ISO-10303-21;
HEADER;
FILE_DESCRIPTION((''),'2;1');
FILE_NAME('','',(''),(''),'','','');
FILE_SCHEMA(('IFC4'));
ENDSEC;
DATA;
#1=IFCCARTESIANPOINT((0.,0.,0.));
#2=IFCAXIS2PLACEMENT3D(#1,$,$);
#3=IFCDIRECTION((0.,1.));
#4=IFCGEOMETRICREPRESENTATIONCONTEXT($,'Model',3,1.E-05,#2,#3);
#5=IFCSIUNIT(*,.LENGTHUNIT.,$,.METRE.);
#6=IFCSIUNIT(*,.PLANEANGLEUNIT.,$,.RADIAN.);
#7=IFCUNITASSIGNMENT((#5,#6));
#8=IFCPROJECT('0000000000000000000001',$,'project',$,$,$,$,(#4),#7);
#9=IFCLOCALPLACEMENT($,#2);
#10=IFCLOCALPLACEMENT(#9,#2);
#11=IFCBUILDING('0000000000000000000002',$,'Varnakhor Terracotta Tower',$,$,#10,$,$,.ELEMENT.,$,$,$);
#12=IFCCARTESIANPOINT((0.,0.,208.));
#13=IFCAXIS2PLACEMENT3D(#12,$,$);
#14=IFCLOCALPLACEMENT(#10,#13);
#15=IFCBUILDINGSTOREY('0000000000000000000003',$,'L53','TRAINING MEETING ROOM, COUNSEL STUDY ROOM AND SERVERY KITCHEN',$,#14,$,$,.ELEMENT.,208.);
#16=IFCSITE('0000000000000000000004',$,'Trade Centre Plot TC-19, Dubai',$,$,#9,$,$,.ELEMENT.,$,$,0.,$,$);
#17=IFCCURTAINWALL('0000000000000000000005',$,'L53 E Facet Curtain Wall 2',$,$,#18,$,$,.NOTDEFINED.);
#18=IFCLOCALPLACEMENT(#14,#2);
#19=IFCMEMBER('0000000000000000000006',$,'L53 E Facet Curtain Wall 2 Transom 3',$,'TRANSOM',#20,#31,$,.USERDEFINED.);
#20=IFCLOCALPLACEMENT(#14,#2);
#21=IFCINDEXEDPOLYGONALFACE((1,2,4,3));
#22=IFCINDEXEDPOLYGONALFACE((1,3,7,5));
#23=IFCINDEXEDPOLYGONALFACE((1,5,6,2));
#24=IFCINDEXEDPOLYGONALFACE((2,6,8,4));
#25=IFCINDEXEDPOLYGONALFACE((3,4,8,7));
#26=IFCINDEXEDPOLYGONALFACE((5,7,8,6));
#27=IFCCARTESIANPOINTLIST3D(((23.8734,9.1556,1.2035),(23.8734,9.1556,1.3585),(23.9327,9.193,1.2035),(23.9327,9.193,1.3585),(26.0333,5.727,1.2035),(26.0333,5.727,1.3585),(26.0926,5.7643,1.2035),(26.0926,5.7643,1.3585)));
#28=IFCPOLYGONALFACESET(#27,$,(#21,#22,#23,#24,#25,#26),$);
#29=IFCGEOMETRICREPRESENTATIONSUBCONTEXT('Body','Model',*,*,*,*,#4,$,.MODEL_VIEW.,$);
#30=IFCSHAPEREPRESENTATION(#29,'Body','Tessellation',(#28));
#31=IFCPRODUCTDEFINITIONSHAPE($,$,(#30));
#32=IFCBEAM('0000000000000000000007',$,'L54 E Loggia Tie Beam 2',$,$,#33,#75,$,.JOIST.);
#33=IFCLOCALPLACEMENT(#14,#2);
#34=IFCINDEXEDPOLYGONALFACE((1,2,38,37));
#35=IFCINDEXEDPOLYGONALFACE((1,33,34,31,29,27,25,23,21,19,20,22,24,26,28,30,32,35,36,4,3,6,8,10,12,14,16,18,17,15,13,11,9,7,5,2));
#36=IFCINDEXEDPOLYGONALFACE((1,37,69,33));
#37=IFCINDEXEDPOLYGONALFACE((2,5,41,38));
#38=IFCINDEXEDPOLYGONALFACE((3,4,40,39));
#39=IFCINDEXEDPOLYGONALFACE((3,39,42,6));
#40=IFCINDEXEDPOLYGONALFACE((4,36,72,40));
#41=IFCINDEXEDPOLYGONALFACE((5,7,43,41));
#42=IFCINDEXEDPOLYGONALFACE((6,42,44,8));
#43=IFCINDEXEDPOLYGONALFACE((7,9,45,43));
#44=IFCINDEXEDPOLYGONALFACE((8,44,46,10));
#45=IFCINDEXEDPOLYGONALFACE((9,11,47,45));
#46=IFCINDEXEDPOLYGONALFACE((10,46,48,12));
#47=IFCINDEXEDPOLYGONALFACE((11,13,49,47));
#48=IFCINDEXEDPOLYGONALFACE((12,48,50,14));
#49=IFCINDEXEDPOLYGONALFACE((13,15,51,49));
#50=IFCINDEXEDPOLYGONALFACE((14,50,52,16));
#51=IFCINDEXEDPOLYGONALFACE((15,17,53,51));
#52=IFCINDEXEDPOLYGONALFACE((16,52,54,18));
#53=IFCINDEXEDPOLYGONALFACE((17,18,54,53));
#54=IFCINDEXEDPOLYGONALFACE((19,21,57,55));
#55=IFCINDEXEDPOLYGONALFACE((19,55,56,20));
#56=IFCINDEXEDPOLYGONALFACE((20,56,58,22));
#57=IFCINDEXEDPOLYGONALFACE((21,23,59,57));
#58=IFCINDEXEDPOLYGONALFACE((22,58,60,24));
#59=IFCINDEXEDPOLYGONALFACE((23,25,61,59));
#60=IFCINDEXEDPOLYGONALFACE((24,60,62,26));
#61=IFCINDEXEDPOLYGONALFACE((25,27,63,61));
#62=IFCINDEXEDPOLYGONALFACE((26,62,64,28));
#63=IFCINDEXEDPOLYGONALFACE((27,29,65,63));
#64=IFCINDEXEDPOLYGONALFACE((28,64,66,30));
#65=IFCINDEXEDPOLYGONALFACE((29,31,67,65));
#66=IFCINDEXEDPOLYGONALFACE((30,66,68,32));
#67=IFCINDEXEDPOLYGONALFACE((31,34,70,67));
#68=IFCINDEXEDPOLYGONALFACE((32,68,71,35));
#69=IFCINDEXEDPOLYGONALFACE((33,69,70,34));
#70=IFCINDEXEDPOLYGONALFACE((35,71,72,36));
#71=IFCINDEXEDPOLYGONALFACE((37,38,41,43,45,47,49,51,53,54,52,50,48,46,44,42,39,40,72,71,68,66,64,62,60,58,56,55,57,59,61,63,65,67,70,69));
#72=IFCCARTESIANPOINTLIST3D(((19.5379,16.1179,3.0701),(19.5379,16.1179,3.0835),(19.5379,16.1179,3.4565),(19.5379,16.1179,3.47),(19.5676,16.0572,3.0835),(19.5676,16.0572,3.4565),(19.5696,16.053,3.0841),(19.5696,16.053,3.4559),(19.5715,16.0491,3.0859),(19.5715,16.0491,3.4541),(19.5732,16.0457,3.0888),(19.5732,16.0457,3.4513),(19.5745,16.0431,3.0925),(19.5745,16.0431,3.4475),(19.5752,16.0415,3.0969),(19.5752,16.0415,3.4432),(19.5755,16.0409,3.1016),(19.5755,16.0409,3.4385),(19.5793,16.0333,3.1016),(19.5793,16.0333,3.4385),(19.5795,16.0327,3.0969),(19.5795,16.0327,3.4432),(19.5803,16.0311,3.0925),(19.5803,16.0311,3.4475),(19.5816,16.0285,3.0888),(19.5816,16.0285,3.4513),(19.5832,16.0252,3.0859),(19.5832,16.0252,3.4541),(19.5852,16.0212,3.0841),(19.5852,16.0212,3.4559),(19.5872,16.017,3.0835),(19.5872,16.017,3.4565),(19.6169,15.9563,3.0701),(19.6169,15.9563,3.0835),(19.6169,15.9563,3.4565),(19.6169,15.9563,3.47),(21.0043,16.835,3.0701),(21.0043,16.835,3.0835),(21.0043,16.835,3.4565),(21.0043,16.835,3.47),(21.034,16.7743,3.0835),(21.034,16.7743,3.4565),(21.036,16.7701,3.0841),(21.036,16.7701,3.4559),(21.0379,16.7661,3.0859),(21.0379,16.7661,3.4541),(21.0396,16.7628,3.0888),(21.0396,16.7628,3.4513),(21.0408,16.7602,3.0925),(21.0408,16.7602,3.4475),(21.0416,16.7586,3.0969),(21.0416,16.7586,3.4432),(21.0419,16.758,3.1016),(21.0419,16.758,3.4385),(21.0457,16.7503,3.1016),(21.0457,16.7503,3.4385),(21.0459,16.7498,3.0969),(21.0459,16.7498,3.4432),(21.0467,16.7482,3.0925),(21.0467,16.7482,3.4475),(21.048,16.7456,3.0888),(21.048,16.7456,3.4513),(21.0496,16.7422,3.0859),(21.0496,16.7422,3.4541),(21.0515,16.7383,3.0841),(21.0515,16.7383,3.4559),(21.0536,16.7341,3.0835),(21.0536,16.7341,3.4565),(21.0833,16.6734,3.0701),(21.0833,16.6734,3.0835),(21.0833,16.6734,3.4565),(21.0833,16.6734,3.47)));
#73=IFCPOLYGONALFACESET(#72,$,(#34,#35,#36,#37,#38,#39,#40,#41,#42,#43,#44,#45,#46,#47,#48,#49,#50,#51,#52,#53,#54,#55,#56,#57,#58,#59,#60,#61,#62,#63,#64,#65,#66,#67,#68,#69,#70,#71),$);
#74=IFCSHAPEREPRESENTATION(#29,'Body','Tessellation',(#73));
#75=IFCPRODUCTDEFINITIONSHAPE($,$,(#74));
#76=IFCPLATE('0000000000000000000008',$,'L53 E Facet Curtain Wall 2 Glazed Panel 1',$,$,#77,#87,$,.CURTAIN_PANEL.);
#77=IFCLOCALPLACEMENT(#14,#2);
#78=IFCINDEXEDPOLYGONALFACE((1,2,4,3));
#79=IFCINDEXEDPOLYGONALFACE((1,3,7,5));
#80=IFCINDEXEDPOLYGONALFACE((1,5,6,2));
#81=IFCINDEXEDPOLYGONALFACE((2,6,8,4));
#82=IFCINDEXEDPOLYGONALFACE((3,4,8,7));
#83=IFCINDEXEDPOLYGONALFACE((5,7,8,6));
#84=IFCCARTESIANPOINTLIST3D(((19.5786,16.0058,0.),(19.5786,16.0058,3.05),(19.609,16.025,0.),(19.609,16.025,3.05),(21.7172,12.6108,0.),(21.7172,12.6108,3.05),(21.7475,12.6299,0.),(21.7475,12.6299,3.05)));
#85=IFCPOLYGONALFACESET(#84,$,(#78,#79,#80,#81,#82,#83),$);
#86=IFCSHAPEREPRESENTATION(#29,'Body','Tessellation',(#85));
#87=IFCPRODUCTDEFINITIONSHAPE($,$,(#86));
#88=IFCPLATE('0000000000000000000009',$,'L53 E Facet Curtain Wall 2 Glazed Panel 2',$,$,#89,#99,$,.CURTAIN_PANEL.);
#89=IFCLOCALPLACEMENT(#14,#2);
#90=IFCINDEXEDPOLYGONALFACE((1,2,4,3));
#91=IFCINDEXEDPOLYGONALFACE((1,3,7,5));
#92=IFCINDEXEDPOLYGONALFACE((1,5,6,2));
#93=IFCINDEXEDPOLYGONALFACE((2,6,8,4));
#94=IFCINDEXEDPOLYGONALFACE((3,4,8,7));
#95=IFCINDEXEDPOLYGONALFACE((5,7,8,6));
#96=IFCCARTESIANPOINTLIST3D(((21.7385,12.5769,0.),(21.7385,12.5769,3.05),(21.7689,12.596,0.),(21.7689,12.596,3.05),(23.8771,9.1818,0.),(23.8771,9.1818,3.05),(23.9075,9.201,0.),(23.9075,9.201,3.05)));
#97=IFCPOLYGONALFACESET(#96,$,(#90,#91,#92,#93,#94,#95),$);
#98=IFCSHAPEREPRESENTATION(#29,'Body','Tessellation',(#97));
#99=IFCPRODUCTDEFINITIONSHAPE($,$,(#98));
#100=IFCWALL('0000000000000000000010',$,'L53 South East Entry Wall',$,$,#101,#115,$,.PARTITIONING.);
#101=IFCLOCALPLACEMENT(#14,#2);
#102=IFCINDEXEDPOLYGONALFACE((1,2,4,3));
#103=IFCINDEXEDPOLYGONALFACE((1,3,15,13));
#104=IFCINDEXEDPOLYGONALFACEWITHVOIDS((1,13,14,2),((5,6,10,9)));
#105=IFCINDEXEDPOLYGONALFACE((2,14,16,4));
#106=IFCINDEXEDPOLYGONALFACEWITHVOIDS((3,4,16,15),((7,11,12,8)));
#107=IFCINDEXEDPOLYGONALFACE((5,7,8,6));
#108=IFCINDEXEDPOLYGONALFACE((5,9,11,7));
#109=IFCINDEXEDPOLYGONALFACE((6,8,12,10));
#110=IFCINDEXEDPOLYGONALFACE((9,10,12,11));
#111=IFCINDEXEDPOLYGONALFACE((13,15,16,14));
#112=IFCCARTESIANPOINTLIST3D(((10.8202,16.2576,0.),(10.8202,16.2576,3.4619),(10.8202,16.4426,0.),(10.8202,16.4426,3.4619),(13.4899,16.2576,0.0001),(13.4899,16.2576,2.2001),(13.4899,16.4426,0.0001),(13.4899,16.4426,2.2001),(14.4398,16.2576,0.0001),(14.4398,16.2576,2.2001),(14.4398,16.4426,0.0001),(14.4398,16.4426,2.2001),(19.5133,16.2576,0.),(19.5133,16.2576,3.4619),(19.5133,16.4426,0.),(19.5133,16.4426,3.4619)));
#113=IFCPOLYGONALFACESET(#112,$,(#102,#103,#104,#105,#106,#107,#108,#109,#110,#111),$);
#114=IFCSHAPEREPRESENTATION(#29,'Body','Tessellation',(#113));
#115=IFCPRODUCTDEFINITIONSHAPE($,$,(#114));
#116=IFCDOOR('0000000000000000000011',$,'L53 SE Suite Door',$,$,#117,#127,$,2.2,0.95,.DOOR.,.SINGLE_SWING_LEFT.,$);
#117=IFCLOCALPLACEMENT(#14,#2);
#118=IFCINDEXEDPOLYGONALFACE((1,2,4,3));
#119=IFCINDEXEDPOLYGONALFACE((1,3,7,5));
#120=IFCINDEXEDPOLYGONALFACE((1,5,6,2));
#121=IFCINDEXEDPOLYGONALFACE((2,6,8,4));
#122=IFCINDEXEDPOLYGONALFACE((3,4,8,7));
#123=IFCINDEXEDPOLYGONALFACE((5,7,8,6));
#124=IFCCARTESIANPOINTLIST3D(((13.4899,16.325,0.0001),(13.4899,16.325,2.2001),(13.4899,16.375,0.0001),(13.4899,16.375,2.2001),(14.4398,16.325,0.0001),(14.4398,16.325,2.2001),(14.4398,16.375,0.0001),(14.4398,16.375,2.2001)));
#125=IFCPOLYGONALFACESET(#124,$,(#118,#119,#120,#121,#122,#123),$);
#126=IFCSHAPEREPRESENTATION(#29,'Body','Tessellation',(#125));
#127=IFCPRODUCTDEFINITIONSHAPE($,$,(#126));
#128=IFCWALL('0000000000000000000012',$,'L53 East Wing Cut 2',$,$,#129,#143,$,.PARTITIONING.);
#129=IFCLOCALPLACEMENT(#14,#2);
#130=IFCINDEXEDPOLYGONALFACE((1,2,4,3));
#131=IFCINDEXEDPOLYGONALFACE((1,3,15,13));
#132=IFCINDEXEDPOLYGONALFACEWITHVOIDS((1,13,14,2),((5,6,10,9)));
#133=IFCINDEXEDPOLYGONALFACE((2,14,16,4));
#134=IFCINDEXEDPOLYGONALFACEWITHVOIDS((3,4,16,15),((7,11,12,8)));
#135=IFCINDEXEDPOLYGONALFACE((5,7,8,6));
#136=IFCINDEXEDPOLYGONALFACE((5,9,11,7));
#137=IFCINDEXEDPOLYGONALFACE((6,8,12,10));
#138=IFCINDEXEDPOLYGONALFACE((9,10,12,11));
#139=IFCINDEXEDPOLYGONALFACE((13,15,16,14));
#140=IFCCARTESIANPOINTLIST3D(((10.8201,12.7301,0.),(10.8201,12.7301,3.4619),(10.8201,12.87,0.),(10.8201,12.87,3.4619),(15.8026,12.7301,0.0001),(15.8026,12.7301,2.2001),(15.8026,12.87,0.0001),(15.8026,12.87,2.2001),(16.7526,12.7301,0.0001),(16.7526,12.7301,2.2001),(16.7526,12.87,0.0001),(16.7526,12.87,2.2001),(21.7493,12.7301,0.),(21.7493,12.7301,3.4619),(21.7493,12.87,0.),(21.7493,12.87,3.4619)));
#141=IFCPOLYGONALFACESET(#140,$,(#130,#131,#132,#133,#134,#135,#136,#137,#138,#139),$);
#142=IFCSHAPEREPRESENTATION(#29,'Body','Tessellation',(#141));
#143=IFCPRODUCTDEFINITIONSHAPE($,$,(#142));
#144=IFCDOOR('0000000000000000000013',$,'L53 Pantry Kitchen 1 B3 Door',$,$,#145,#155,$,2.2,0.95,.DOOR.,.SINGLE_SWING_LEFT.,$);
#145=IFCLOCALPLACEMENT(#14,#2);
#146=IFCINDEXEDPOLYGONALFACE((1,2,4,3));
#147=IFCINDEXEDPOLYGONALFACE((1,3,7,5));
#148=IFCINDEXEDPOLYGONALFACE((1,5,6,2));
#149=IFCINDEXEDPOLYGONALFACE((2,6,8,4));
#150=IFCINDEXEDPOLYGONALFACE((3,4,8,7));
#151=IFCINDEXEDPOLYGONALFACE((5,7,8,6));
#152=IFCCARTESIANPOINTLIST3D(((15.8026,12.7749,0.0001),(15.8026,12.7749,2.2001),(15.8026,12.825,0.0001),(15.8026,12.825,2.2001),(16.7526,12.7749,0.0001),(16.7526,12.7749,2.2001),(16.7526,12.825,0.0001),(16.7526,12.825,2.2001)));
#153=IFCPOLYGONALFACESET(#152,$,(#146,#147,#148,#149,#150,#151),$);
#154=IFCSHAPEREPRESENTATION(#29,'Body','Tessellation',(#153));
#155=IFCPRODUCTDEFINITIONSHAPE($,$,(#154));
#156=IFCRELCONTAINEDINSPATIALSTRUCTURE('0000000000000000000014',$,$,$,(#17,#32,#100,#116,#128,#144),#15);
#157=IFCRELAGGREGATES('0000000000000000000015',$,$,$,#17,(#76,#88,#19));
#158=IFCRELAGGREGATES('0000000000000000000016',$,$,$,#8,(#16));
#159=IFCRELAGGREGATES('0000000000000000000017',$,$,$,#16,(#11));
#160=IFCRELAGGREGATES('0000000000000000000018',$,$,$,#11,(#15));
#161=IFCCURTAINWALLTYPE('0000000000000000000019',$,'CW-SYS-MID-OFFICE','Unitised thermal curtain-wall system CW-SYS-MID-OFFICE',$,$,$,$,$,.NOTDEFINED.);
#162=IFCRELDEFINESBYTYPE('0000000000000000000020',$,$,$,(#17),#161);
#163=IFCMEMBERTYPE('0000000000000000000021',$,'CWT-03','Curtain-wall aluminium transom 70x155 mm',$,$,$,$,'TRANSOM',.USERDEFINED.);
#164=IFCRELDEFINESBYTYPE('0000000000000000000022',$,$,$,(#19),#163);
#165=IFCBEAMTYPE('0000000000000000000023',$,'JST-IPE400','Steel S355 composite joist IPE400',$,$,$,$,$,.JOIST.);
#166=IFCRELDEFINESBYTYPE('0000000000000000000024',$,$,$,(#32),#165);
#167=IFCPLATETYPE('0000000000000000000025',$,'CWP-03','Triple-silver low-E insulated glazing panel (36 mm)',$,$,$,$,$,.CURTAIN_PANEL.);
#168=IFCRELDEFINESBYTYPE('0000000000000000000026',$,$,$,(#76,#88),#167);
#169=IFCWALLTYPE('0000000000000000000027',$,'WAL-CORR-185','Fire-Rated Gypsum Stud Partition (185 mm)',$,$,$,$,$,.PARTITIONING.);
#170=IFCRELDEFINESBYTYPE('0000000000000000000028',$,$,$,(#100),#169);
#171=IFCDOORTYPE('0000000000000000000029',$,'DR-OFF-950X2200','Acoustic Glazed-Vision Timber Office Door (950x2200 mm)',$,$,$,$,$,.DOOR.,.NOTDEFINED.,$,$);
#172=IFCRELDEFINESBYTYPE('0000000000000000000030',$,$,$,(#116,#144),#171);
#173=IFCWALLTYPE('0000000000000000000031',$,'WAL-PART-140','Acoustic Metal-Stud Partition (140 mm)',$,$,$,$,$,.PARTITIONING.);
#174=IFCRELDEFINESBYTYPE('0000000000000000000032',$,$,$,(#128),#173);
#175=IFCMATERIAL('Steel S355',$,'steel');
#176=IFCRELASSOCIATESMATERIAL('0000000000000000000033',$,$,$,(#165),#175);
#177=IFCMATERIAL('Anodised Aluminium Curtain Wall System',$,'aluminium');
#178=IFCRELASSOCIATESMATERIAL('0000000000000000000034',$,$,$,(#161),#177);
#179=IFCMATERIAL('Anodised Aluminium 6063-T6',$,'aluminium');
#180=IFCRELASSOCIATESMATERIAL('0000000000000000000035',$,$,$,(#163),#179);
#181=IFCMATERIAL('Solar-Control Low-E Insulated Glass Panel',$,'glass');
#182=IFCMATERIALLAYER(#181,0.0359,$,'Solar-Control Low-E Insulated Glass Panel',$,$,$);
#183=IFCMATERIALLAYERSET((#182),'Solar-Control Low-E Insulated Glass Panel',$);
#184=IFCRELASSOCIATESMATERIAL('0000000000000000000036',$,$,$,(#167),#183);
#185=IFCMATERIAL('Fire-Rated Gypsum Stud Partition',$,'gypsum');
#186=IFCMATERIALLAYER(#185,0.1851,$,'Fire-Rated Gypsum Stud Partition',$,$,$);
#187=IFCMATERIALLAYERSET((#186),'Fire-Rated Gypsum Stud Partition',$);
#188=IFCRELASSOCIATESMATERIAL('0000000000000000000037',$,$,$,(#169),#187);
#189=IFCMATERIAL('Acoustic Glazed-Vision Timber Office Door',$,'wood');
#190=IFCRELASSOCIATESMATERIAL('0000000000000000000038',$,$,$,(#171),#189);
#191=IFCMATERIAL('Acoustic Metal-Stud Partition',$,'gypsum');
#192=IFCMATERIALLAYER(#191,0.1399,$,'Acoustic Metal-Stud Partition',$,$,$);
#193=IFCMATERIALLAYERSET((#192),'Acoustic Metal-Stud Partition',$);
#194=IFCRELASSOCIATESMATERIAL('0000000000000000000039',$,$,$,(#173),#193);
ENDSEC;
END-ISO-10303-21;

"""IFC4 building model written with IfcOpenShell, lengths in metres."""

from ifc_helpers import new_model, si_unit, direction, frame, frame_2d, origin, origin_2d, place, context, subcontext, project, spatial, rectangle, i_section, extrude, source, transform, mapped, material, layer, layer_set, material_profile, profile_set, type_object, type_shapes, element, fill, aggregate, save


model = new_model("IFC4")

# Units and contexts
model_context = context("Model", 3, precision=1e-05, world=origin(), true_north=direction((0.0, 1.0)))
body_context = subcontext(model_context, "Body", "Model", "MODEL_VIEW")
ifc_project = project(units=[si_unit("LENGTHUNIT", "METRE"), si_unit("PLANEANGLEUNIT", "RADIAN")], contexts=[model_context])

# Site, building, storey
site_placement = place(None, origin())
site = spatial("IfcSite", under=ifc_project, at=site_placement, Name="Trade Centre Plot TC-19, Dubai", CompositionType="ELEMENT", RefElevation=0.0)
building_placement = place(site_placement, origin())
building = spatial("IfcBuilding", under=site, at=building_placement, Name="Varnakhor Terracotta Tower", CompositionType="ELEMENT")
storey_placement = place(building_placement, frame((0.0, 0.0, 208.0)))
storey = spatial("IfcBuildingStorey", under=building, at=storey_placement, Name="L53", Description="TRAINING MEETING ROOM, COUNSEL STUDY ROOM AND SERVERY KITCHEN", CompositionType="ELEMENT", Elevation=208.0)

# Shared definitions
ifc_material_1 = material(Name="Steel S355", Category="steel")
ifc_material_profile_1 = material_profile(ifc_material_1, i_section(OverallWidth=0.1799, OverallDepth=0.3999, WebThickness=0.0085, FlangeThickness=0.0134, FilletRadius=0.0181, at=origin_2d()), Name="IPE400")
ifc_profile_set_1 = profile_set([ifc_material_profile_1], Name="Steel S355")
beam_type_1 = type_object("IfcBeamType", Name="JST-IPE400", Description="Steel S355 composite joist IPE400", PredefinedType="JOIST", material=ifc_profile_set_1)

# Curtain wall, member
ifc_material_2 = material(Name="Anodised Aluminium Curtain Wall System", Category="aluminium")
curtain_wall_type = type_object("IfcCurtainWallType", Name="CW-SYS-MID-OFFICE", Description="Unitised thermal curtain-wall system CW-SYS-MID-OFFICE", PredefinedType="NOTDEFINED", material=ifc_material_2)
curtain_wall_placement = place(storey_placement, origin())
curtain_wall = element("IfcCurtainWall", 1, at=curtain_wall_placement, inside=storey, type_object=curtain_wall_type, Name="L53 E Facet Curtain Wall 2", PredefinedType="NOTDEFINED")
ifc_material_3 = material(Name="Anodised Aluminium 6063-T6", Category="aluminium")
ifc_material_profile_2 = material_profile(ifc_material_3, rectangle(XDim=0.0701, YDim=0.155, at=origin_2d()), Name="ALU TRANSOM 70x155")
ifc_profile_set_2 = profile_set([ifc_material_profile_2], Name="Anodised Aluminium 6063-T6")
member_type_1 = type_object("IfcMemberType", Name="CWT-03", Description="Curtain-wall aluminium transom 70x155 mm", ElementType="TRANSOM", PredefinedType="USERDEFINED", material=ifc_profile_set_2)
shared_shape_1 = source(origin(), body_context, "Body", "SweptSolid", [
    extrude(rectangle(XDim=0.0701, YDim=0.155, at=origin_2d()), origin(), (0.0, 0.0, 1.0), 4.0522),
])
member_1_placement = place(storey_placement, frame((23.9031, 9.1743, 1.281), z_axis=(0.533007, -0.846111, 0.0), x_axis=(0.846111, 0.533007, 0.0)))
member_1 = element("IfcMember", 2, at=member_1_placement, type_object=member_type_1, Name="L53 E Facet Curtain Wall 2 Transom 3", ObjectType="TRANSOM", PredefinedType="USERDEFINED", context=body_context, shape_type="MappedRepresentation", body=[
    mapped(shared_shape_1, transform((0.0, 0.0, 0.0), scale=1.0)),
])

# Beam
shared_shape_2 = source(origin(), body_context, "Body", "SweptSolid", [
    extrude(i_section(OverallWidth=0.1799, OverallDepth=0.3999, WebThickness=0.0085, FlangeThickness=0.0134, FilletRadius=0.0181, at=origin_2d()), origin(), (0.0, 0.0, 1.0), 1.6323),
])
beam_1_placement = place(storey_placement, frame((19.5774, 16.0371, 3.27), z_axis=(0.898341, 0.439299, 0.0), x_axis=(-0.439299, 0.898341, 0.0)))
element("IfcBeam", 3, at=beam_1_placement, inside=storey, type_object=beam_type_1, Name="L54 E Loggia Tie Beam 2", PredefinedType="JOIST", context=body_context, shape_type="MappedRepresentation", body=[
    mapped(shared_shape_2, transform((0.0, 0.0, 0.0), scale=1.0)),
])

# Plates
ifc_material_4 = material(Name="Solar-Control Low-E Insulated Glass Panel", Category="glass")
ifc_layer_1 = layer(ifc_material_4, 0.0359, Name="Solar-Control Low-E Insulated Glass Panel")
ifc_layer_set_1 = layer_set([ifc_layer_1], Name="Solar-Control Low-E Insulated Glass Panel")
plate_type = type_object("IfcPlateType", Name="CWP-03", Description="Triple-silver low-E insulated glazing panel (36 mm)", PredefinedType="CURTAIN_PANEL", material=ifc_layer_set_1)
shared_shape_3 = source(origin(), body_context, "Body", "SweptSolid", [
    extrude(rectangle(XDim=4.0125, YDim=0.0359, at=origin_2d()), origin(), (0.0, 0.0, 1.0), 3.05),
])
plate_1_placement = place(storey_placement, frame((20.6631, 14.3179, 0.0), z_axis=(0.0, 0.0, 1.0), x_axis=(0.53298, -0.846128, 0.0)))
plate_1 = element("IfcPlate", 4, at=plate_1_placement, type_object=plate_type, Name="L53 E Facet Curtain Wall 2 Glazed Panel 1", PredefinedType="CURTAIN_PANEL", context=body_context, shape_type="MappedRepresentation", body=[
    mapped(shared_shape_3, transform((0.0, 0.0, 0.0), scale=1.0)),
])
plate_2_placement = place(storey_placement, frame((22.823, 10.8889, 0.0), z_axis=(0.0, 0.0, 1.0), x_axis=(0.53298, -0.846128, 0.0)))
plate_2 = element("IfcPlate", 5, at=plate_2_placement, type_object=plate_type, Name="L53 E Facet Curtain Wall 2 Glazed Panel 2", PredefinedType="CURTAIN_PANEL", context=body_context, shape_type="MappedRepresentation", body=[
    mapped(shared_shape_3, transform((0.0, 0.0, 0.0), scale=1.0)),
])
aggregate(curtain_wall, [plate_1, plate_2, member_1])

# Walls, openings, doors
ifc_material_5 = material(Name="Fire-Rated Gypsum Stud Partition", Category="gypsum")
ifc_layer_2 = layer(ifc_material_5, 0.1851, Name="Fire-Rated Gypsum Stud Partition")
ifc_layer_set_2 = layer_set([ifc_layer_2], Name="Fire-Rated Gypsum Stud Partition")
wall_type_1 = type_object("IfcWallType", Name="WAL-CORR-185", Description="Fire-Rated Gypsum Stud Partition (185 mm)", PredefinedType="PARTITIONING", material=ifc_layer_set_2)
wall_1_placement = place(storey_placement, frame((10.8201, 16.3501, 0.0), z_axis=(0.0, 0.0, 1.0), x_axis=(1.0, 0.0, 0.0)))
wall_1 = element("IfcWall", 6, at=wall_1_placement, inside=storey, type_object=wall_type_1, Name="L53 South East Entry Wall", PredefinedType="PARTITIONING", context=body_context, shape_type="SweptSolid", body=[
    extrude(rectangle(XDim=8.6931, YDim=0.1851, at=frame_2d((4.3467, 0.0))), origin(), (0.0, 0.0, 1.0), 3.4619),
])
opening_1_placement = place(wall_1_placement, frame((2.6697, 0.0, 0.0)))
opening_1 = element("IfcOpeningElement", 7, at=opening_1_placement, cuts=wall_1, PredefinedType="OPENING", context=body_context, shape_type="SweptSolid", body=[
    extrude(rectangle(XDim=0.95, YDim=2.2, at=frame_2d((0.4751, 1.1001))), frame((0.0, 0.1025, 0.0), z_axis=(0.0, -1.0, 0.0), x_axis=(1.0, 0.0, 0.0)), (0.0, 0.0, 1.0), 0.2051),
])
ifc_material_6 = material(Name="Acoustic Glazed-Vision Timber Office Door", Category="wood")
door_type = type_object("IfcDoorType", Name="DR-OFF-950X2200", Description="Acoustic Glazed-Vision Timber Office Door (950x2200 mm)", OperationType="NOTDEFINED", PredefinedType="DOOR", material=ifc_material_6)
shared_shape_4 = source(origin(), body_context, "Body", "SweptSolid", [
    extrude(rectangle(XDim=0.95, YDim=2.2, at=frame_2d((0.4751, 1.1001))), frame((0.0, 0.0249, 0.0), z_axis=(0.0, -1.0, 0.0), x_axis=(1.0, 0.0, 0.0)), (0.0, 0.0, 1.0), 0.05),
])
type_shapes(door_type, [shared_shape_4])
door_1_placement = place(opening_1_placement, origin())
door_1 = element("IfcDoor", 8, at=door_1_placement, inside=storey, type_object=door_type, Name="L53 SE Suite Door", OperationType="SINGLE_SWING_LEFT", OverallHeight=2.2, OverallWidth=0.95, PredefinedType="DOOR", context=body_context, shape_type="MappedRepresentation", body=[
    mapped(shared_shape_4, transform((0.0, 0.0, 0.0), scale=1.0)),
])
fill(opening_1, door_1)
ifc_material_7 = material(Name="Acoustic Metal-Stud Partition", Category="gypsum")
ifc_layer_3 = layer(ifc_material_7, 0.1399, Name="Acoustic Metal-Stud Partition")
ifc_layer_set_3 = layer_set([ifc_layer_3], Name="Acoustic Metal-Stud Partition")
wall_type_2 = type_object("IfcWallType", Name="WAL-PART-140", Description="Acoustic Metal-Stud Partition (140 mm)", PredefinedType="PARTITIONING", material=ifc_layer_set_3)
wall_2_placement = place(storey_placement, frame((10.8201, 12.8, 0.0), z_axis=(0.0, 0.0, 1.0), x_axis=(1.0, 0.0, 0.0)))
wall_2 = element("IfcWall", 9, at=wall_2_placement, inside=storey, type_object=wall_type_2, Name="L53 East Wing Cut 2", PredefinedType="PARTITIONING", context=body_context, shape_type="SweptSolid", body=[
    extrude(rectangle(XDim=10.9292, YDim=0.1399, at=frame_2d((5.4646, 0.0))), origin(), (0.0, 0.0, 1.0), 3.4619),
])
opening_2_placement = place(wall_2_placement, frame((4.9824, 0.0, 0.0)))
opening_2 = element("IfcOpeningElement", 10, at=opening_2_placement, cuts=wall_2, PredefinedType="OPENING", context=body_context, shape_type="SweptSolid", body=[
    extrude(rectangle(XDim=0.95, YDim=2.2, at=frame_2d((0.4751, 1.1001))), frame((0.0, 0.0801, 0.0), z_axis=(0.0, -1.0, 0.0), x_axis=(1.0, 0.0, 0.0)), (0.0, 0.0, 1.0), 0.1599),
])
door_2_placement = place(opening_2_placement, origin())
door_2 = element("IfcDoor", 11, at=door_2_placement, inside=storey, type_object=door_type, Name="L53 Pantry Kitchen 1 B3 Door", OperationType="SINGLE_SWING_LEFT", OverallHeight=2.2, OverallWidth=0.95, PredefinedType="DOOR", context=body_context, shape_type="MappedRepresentation", body=[
    mapped(shared_shape_4, transform((0.0, 0.0, 0.0), scale=1.0)),
])
fill(opening_2, door_2)

save(model, "model.ifc")
